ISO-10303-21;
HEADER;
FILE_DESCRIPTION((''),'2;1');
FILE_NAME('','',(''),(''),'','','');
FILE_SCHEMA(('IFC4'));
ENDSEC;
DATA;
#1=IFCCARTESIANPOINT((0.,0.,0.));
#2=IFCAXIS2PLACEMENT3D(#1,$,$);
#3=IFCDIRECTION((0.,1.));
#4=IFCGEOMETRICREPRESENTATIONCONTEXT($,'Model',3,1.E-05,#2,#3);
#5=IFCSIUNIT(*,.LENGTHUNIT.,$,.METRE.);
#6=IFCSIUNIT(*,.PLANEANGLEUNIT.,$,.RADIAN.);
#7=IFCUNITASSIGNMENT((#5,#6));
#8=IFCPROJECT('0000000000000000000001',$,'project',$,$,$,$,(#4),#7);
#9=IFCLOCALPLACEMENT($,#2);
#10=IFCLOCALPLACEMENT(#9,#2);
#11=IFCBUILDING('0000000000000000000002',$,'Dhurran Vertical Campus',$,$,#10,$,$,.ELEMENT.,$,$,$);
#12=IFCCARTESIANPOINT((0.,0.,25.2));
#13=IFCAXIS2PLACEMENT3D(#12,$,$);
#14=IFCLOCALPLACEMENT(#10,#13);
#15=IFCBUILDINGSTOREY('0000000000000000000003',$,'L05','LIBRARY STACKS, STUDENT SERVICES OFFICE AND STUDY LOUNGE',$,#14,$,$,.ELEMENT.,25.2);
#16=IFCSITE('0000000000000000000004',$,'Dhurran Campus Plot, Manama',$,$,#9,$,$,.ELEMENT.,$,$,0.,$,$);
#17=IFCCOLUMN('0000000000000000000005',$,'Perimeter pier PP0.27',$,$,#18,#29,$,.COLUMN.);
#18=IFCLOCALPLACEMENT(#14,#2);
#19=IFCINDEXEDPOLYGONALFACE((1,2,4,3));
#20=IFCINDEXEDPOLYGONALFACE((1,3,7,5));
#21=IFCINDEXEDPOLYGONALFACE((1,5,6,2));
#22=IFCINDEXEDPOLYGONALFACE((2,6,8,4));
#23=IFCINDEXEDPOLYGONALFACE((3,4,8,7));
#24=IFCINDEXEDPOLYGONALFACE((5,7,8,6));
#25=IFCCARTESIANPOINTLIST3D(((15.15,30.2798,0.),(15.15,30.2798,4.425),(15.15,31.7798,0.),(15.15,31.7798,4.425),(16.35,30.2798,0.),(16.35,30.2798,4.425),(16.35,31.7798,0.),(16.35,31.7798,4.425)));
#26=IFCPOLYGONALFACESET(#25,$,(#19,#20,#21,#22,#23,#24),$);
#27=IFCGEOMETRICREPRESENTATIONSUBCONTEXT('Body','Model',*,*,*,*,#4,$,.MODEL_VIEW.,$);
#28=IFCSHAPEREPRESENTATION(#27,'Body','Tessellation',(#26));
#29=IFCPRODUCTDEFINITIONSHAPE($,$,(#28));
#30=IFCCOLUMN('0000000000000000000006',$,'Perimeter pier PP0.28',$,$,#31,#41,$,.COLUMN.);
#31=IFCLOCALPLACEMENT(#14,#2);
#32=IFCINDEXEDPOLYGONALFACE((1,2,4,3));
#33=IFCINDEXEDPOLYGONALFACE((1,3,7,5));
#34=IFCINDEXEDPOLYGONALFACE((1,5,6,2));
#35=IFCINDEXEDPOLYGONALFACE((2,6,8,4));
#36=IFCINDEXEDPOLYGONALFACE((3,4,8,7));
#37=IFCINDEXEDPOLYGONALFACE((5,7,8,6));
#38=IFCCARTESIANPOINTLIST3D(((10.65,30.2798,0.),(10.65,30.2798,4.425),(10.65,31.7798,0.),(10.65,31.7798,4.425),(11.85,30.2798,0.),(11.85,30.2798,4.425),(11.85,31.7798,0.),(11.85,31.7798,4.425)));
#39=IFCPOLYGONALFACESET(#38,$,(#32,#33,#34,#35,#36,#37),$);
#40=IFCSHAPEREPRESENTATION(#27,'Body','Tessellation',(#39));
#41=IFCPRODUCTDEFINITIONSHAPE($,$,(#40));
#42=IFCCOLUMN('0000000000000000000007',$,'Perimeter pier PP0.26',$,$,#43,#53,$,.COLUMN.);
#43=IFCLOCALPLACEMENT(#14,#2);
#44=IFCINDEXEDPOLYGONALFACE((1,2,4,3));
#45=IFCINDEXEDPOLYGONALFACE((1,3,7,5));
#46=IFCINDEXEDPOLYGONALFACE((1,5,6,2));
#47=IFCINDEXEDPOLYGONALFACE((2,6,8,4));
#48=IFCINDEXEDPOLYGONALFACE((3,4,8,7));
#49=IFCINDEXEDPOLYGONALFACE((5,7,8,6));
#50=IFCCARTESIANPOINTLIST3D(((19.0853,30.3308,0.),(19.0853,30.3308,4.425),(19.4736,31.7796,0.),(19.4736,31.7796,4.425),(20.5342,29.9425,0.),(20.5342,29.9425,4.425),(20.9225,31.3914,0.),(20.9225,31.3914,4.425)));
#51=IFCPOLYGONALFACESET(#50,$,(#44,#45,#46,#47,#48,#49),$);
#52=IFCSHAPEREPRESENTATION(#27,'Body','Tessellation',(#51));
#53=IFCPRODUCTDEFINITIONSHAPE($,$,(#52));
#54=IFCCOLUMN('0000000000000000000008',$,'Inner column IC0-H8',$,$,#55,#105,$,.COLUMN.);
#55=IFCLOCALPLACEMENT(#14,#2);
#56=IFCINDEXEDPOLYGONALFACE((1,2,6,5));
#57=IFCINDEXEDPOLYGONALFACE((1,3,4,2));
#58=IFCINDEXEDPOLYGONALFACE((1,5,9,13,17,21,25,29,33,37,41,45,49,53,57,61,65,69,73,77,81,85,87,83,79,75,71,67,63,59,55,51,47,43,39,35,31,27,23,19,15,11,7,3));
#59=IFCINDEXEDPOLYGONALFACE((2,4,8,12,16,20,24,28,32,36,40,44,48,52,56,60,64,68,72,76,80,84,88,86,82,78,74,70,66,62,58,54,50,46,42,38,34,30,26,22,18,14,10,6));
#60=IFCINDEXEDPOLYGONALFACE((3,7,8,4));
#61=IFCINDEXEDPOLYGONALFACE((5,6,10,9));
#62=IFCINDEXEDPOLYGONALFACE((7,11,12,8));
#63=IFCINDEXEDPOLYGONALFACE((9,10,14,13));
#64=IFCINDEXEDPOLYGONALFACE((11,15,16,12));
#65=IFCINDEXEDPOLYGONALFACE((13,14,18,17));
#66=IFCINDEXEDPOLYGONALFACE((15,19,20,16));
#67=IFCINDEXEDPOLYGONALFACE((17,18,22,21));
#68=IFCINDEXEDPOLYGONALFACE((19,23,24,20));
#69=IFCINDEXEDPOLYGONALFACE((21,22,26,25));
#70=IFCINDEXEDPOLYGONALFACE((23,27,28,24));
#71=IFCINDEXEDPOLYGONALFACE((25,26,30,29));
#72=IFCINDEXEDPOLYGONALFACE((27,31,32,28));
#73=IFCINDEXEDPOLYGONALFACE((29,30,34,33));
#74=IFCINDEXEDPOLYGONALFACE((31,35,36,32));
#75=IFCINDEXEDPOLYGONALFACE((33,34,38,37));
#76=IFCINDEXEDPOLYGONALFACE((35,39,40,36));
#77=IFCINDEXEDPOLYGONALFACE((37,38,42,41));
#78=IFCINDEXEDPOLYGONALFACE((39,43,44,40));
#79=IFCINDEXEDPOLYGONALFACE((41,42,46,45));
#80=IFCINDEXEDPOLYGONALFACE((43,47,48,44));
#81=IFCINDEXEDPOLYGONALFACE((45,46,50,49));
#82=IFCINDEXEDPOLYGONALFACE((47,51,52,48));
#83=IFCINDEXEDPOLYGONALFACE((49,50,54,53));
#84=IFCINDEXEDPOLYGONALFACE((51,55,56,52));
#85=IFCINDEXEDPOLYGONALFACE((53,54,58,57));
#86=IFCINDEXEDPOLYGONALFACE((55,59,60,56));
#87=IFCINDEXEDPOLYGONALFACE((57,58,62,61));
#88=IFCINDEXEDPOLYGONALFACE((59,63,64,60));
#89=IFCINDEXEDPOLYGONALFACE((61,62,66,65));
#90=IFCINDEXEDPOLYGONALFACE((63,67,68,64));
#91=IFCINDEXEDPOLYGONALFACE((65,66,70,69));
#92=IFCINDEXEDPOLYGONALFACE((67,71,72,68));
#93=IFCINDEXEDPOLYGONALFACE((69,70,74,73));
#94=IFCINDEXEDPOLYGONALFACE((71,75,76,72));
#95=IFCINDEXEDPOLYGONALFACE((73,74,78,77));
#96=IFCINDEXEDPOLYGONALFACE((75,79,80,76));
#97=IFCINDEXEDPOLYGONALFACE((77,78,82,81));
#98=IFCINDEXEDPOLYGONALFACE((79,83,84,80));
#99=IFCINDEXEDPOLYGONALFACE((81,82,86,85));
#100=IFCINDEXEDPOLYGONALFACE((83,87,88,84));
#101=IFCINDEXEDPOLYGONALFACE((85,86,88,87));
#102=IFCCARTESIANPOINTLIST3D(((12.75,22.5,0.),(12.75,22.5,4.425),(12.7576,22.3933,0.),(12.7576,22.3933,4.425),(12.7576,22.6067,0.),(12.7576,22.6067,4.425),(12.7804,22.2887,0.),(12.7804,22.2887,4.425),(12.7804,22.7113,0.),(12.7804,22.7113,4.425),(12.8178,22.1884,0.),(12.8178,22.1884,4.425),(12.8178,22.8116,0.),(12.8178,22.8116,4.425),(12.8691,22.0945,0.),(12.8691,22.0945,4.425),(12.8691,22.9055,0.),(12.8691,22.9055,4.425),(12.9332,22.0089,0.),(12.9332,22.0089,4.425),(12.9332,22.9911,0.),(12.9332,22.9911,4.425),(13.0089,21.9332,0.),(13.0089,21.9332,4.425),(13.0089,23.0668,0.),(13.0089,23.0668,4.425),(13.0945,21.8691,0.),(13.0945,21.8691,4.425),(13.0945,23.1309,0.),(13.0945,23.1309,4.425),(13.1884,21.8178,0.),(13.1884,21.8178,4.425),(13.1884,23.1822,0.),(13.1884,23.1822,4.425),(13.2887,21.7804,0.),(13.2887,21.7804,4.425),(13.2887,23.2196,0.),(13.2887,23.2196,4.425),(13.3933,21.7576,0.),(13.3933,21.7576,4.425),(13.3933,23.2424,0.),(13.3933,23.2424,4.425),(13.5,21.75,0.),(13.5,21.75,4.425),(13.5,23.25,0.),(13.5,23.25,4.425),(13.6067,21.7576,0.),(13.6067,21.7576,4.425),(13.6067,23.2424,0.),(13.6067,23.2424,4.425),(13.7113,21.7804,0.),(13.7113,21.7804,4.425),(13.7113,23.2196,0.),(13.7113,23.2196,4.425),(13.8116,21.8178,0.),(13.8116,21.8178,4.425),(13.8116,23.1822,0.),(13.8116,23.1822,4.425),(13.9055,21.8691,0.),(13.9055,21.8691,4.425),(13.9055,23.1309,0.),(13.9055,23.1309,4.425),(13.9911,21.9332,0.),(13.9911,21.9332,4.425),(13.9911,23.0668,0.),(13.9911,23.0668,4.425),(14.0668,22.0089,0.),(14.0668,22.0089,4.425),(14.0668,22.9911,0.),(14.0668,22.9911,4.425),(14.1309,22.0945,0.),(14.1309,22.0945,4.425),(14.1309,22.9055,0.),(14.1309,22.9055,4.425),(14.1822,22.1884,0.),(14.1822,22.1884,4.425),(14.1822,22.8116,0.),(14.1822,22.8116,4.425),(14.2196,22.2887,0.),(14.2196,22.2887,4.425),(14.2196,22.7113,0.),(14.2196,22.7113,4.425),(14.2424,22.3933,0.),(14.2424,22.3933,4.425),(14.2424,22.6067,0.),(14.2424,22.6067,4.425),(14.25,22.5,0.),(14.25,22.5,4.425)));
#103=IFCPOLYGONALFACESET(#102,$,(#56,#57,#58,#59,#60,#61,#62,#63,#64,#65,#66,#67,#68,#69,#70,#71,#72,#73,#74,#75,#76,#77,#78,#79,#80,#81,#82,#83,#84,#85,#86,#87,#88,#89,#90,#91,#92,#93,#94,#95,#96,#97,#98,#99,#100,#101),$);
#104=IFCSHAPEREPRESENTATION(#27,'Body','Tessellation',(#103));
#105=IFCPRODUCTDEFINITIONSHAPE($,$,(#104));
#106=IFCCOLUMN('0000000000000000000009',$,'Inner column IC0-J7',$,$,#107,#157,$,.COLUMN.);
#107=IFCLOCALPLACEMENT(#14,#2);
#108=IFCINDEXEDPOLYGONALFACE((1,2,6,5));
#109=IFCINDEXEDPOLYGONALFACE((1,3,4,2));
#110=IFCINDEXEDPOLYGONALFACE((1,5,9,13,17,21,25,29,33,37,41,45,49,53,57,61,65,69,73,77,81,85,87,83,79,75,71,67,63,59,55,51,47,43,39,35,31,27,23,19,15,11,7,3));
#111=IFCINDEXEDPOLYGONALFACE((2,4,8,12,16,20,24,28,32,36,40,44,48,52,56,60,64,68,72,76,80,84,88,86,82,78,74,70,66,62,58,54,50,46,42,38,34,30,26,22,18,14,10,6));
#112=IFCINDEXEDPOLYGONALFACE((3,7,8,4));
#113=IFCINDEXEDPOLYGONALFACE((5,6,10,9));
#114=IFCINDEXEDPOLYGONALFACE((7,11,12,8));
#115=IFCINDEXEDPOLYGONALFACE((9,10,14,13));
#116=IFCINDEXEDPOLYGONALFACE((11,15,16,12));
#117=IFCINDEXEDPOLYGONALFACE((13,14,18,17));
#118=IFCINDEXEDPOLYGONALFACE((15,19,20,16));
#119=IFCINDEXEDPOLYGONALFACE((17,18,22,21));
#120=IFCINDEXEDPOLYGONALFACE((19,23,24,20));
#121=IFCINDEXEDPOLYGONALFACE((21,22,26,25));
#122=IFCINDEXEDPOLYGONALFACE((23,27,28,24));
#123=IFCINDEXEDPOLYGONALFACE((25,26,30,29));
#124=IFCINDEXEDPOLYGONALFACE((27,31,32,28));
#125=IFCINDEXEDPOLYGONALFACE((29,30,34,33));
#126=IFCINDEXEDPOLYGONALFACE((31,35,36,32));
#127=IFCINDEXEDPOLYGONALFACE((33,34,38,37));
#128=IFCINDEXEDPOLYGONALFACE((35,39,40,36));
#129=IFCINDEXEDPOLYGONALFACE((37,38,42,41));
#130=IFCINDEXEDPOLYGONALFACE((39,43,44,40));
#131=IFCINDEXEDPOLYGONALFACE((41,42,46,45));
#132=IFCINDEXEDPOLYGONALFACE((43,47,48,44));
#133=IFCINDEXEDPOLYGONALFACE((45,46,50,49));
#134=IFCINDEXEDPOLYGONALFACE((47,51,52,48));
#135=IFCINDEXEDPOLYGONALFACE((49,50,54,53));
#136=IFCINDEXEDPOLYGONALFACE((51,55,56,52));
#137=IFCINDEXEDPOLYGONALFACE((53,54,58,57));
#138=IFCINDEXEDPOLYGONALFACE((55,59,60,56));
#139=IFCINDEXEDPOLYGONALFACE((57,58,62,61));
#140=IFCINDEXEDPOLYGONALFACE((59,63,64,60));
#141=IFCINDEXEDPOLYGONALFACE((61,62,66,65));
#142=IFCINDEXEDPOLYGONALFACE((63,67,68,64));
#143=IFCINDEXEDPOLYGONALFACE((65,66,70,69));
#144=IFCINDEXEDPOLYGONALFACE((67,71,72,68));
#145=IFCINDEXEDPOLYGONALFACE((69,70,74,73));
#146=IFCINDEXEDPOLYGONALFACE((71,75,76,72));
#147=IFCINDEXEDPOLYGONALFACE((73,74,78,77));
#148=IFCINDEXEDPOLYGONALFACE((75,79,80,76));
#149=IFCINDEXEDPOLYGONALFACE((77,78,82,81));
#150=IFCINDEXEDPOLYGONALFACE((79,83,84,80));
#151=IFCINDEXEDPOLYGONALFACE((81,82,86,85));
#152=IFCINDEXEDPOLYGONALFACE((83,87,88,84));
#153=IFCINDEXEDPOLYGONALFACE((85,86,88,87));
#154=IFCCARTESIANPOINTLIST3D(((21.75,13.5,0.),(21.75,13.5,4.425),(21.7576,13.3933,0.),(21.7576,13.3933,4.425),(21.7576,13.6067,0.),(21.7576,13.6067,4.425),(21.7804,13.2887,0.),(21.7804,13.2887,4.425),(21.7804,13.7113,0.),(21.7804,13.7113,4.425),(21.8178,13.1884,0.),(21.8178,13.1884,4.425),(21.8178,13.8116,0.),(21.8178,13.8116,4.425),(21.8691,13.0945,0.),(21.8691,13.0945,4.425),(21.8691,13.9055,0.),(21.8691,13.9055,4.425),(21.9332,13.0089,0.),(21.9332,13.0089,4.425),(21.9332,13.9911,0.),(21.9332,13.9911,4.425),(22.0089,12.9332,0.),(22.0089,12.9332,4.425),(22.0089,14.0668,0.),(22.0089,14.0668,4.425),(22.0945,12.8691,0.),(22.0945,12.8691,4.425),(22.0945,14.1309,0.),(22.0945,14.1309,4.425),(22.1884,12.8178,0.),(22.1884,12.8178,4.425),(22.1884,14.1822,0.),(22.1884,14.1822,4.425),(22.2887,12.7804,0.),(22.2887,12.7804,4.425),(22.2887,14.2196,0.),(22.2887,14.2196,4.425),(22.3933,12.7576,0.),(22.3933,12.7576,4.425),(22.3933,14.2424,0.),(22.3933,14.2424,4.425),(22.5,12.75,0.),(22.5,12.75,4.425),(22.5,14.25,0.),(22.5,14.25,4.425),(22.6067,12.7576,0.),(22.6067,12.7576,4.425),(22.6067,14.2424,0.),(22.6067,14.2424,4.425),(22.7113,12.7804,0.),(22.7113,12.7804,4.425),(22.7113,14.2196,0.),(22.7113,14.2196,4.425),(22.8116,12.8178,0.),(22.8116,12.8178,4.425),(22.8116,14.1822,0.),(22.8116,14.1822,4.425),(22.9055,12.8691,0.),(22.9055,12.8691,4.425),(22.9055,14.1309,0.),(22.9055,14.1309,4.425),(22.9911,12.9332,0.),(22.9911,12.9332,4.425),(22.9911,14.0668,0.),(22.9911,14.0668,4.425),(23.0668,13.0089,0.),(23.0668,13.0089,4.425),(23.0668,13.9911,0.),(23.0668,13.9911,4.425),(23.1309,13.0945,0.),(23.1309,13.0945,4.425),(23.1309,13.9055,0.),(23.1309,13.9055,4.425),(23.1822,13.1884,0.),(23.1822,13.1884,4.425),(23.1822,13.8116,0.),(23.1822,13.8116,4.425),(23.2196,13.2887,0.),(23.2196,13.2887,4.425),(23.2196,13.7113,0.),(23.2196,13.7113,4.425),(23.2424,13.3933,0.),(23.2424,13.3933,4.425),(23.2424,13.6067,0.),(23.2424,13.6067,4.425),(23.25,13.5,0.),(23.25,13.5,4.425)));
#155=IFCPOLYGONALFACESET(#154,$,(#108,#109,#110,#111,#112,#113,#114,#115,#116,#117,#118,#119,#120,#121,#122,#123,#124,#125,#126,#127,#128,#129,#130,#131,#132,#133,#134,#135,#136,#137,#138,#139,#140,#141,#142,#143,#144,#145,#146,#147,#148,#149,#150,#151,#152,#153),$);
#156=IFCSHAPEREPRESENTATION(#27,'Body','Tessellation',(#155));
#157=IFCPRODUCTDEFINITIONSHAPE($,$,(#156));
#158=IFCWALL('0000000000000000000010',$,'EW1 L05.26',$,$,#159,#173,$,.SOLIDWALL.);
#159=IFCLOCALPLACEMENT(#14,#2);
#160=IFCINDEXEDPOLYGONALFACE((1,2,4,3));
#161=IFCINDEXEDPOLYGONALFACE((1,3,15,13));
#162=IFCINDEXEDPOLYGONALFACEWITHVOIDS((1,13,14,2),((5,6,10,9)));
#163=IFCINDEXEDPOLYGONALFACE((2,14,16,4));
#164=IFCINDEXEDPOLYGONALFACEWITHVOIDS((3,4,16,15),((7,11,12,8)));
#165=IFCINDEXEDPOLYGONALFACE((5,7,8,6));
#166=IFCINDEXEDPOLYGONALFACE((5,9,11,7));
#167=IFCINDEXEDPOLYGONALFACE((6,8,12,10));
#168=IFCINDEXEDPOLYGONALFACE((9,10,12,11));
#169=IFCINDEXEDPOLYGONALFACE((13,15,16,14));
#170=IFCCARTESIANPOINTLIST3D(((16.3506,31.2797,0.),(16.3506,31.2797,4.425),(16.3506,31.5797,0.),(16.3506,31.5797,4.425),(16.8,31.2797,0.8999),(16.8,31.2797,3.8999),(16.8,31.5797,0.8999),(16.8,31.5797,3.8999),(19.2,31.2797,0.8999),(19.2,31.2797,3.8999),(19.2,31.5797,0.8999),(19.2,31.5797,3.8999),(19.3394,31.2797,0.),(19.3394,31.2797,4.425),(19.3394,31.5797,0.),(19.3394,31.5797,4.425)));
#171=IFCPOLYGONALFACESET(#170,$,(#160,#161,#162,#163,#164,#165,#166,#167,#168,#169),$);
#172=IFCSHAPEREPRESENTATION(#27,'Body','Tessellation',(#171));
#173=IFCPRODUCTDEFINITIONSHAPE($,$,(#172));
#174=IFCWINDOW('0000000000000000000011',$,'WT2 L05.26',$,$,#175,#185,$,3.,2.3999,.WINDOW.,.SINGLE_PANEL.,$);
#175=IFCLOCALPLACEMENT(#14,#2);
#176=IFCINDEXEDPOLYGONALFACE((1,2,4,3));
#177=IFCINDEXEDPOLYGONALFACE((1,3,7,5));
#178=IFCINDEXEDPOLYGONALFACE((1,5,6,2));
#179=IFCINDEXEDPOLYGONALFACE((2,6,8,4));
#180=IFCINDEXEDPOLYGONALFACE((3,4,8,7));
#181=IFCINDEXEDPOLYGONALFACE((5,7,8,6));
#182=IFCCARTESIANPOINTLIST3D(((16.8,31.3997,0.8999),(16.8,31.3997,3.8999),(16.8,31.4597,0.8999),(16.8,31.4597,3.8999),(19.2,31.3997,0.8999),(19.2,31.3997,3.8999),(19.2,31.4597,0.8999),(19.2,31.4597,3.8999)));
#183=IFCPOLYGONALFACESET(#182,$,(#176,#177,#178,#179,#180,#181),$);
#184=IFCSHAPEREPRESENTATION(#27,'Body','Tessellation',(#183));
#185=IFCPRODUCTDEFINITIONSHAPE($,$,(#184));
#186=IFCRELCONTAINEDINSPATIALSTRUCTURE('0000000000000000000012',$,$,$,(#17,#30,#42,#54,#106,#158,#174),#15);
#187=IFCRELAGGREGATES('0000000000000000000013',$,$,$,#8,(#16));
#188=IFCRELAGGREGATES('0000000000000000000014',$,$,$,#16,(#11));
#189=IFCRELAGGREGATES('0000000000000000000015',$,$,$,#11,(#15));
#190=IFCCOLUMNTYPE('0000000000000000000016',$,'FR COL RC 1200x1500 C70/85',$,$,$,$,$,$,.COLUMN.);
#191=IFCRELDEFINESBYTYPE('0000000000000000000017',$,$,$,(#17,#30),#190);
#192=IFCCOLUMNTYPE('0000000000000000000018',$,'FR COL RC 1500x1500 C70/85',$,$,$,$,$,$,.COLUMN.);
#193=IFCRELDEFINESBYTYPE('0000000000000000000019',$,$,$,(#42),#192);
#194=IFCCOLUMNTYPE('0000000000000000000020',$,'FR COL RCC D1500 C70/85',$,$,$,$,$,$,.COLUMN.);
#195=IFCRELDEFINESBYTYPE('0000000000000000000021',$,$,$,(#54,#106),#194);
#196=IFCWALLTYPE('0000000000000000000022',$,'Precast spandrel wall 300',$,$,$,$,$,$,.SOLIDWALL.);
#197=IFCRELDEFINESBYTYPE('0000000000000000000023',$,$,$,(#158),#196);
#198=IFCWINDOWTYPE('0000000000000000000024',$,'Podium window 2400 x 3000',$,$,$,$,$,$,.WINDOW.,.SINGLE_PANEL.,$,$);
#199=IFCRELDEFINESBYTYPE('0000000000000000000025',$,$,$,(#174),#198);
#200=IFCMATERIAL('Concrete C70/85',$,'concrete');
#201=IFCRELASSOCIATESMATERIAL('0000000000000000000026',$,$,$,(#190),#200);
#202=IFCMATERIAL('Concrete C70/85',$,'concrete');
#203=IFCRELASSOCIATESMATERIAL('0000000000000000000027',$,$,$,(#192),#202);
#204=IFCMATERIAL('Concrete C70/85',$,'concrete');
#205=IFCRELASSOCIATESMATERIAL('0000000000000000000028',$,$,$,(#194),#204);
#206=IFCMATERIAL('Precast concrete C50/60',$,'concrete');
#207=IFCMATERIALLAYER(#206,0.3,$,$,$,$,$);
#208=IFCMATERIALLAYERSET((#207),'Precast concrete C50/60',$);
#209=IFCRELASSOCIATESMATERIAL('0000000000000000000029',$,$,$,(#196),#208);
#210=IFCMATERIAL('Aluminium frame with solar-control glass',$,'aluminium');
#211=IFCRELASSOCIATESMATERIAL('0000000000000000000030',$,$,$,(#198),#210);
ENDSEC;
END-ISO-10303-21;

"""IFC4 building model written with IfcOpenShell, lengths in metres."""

from ifc_helpers import new_model, si_unit, direction, frame, frame_2d, origin, origin_2d, place, context, subcontext, project, spatial, rectangle, circle, extrude, material, layer, layer_set, material_profile, profile_set, type_object, element, fill, save


model = new_model("IFC4")

# Units and contexts
model_context = context("Model", 3, precision=1e-05, world=origin(), true_north=direction((0.0, 1.0)))
body_context = subcontext(model_context, "Body", "Model", "MODEL_VIEW")
ifc_project = project(units=[si_unit("LENGTHUNIT", "METRE"), si_unit("PLANEANGLEUNIT", "RADIAN")], contexts=[model_context])

# Site, building, storey
site_placement = place(None, origin())
site = spatial("IfcSite", under=ifc_project, at=site_placement, Name="Dhurran Campus Plot, Manama", CompositionType="ELEMENT", RefElevation=0.0)
building_placement = place(site_placement, origin())
building = spatial("IfcBuilding", under=site, at=building_placement, Name="Dhurran Vertical Campus", CompositionType="ELEMENT")
storey_placement = place(building_placement, frame((0.0, 0.0, 25.2)))
storey = spatial("IfcBuildingStorey", under=building, at=storey_placement, Name="L05", Description="LIBRARY STACKS, STUDENT SERVICES OFFICE AND STUDY LOUNGE", CompositionType="ELEMENT", Elevation=25.2)

# Columns
ifc_material_1 = material(Name="Concrete C70/85", Category="concrete")
ifc_material_profile_1 = material_profile(ifc_material_1, rectangle(XDim=1.2, YDim=1.5, at=origin_2d()), Name="RC 1200x1500")
ifc_profile_set_1 = profile_set([ifc_material_profile_1], Name="Concrete C70/85")
column_type_1 = type_object("IfcColumnType", Name="FR COL RC 1200x1500 C70/85", PredefinedType="COLUMN", material=ifc_profile_set_1)
for number, where, z_axis, x_axis, name in (
    (1, (15.75, 31.0298, 0.0), (0.0, 0.0, 1.0), (-1.0, 0.0, 0.0), "Perimeter pier PP0.27"),
    (2, (11.25, 31.0298, 0.0), (0.0, 0.0, 1.0), (-1.0, 0.0, 0.0), "Perimeter pier PP0.28"),
):
    element("IfcColumn", number, at=place(storey_placement, frame(where, z_axis=z_axis, x_axis=x_axis)), inside=storey, type_object=column_type_1, Name=name, PredefinedType="COLUMN", context=body_context, shape_type="SweptSolid", body=[
        extrude(rectangle(XDim=1.2, YDim=1.5, at=origin_2d()), origin(), (0.0, 0.0, 1.0), 4.425),
    ])
ifc_material_2 = material(Name="Concrete C70/85", Category="concrete")
ifc_material_profile_2 = material_profile(ifc_material_2, rectangle(XDim=1.5, YDim=1.5, at=origin_2d()), Name="RC 1500x1500")
ifc_profile_set_2 = profile_set([ifc_material_profile_2], Name="Concrete C70/85")
column_type_2 = type_object("IfcColumnType", Name="FR COL RC 1500x1500 C70/85", PredefinedType="COLUMN", material=ifc_profile_set_2)
column_placement = place(storey_placement, frame((20.0039, 30.8611, 0.0), z_axis=(0.0, 0.0, 1.0), x_axis=(-0.965926, 0.258819, 0.0)))
element("IfcColumn", 3, at=column_placement, inside=storey, type_object=column_type_2, Name="Perimeter pier PP0.26", PredefinedType="COLUMN", context=body_context, shape_type="SweptSolid", body=[
    extrude(rectangle(XDim=1.5, YDim=1.5, at=origin_2d()), origin(), (0.0, 0.0, 1.0), 4.425),
])
ifc_material_3 = material(Name="Concrete C70/85", Category="concrete")
ifc_material_profile_3 = material_profile(ifc_material_3, circle(Radius=0.75, at=origin_2d()), Name="RCC D1500")
ifc_profile_set_3 = profile_set([ifc_material_profile_3], Name="Concrete C70/85")
column_type_3 = type_object("IfcColumnType", Name="FR COL RCC D1500 C70/85", PredefinedType="COLUMN", material=ifc_profile_set_3)
for number, where, z_axis, x_axis, name in (
    (4, (13.5, 22.5, 0.0), (0.0, 0.0, 1.0), (1.0, 0.0, 0.0), "Inner column IC0-H8"),
    (5, (22.5, 13.5, 0.0), (0.0, 0.0, 1.0), (1.0, 0.0, 0.0), "Inner column IC0-J7"),
):
    element("IfcColumn", number, at=place(storey_placement, frame(where, z_axis=z_axis, x_axis=x_axis)), inside=storey, type_object=column_type_3, Name=name, PredefinedType="COLUMN", context=body_context, shape_type="SweptSolid", body=[
        extrude(circle(Radius=0.75, at=origin_2d()), origin(), (0.0, 0.0, 1.0), 4.425),
    ])

# Wall, opening, window
ifc_material_4 = material(Name="Precast concrete C50/60", Category="concrete")
ifc_layer_1 = layer(ifc_material_4, 0.3)
ifc_layer_set_1 = layer_set([ifc_layer_1], Name="Precast concrete C50/60")
wall_type_1 = type_object("IfcWallType", Name="Precast spandrel wall 300", PredefinedType="SOLIDWALL", material=ifc_layer_set_1)
wall_1_placement = place(storey_placement, frame((19.3394, 31.4297, 0.0), z_axis=(0.0, 0.0, 1.0), x_axis=(-1.0, 0.0, 0.0)))
wall_1 = element("IfcWall", 6, at=wall_1_placement, inside=storey, type_object=wall_type_1, Name="EW1 L05.26", PredefinedType="SOLIDWALL", context=body_context, shape_type="SweptSolid", body=[
    extrude(rectangle(XDim=2.9888, YDim=0.3, at=frame_2d((1.4944, 0.0))), origin(), (0.0, 0.0, 1.0), 4.425),
])
opening_1_placement = place(wall_1_placement, frame((0.1394, 0.0, 0.8999)))
opening_1 = element("IfcOpeningElement", 7, at=opening_1_placement, cuts=wall_1, PredefinedType="OPENING", context=body_context, shape_type="SweptSolid", body=[
    extrude(rectangle(XDim=2.3999, YDim=3.0, at=frame_2d((1.2, 1.5))), frame((0.0, 0.1599, 0.0), z_axis=(0.0, -1.0, 0.0), x_axis=(1.0, 0.0, 0.0)), (0.0, 0.0, 1.0), 0.3201),
])
ifc_material_5 = material(Name="Aluminium frame with solar-control glass", Category="aluminium")
window_type = type_object("IfcWindowType", Name="Podium window 2400 x 3000", PartitioningType="SINGLE_PANEL", PredefinedType="WINDOW", material=ifc_material_5)
window_1_placement = place(opening_1_placement, origin())
window_1 = element("IfcWindow", 8, at=window_1_placement, inside=storey, type_object=window_type, Name="WT2 L05.26", OverallHeight=3.0, OverallWidth=2.3999, PartitioningType="SINGLE_PANEL", PredefinedType="WINDOW", context=body_context, shape_type="SweptSolid", body=[
    extrude(rectangle(XDim=2.3999, YDim=3.0, at=frame_2d((1.2, 1.5))), frame((0.0, 0.03, 0.0), z_axis=(0.0, -1.0, 0.0), x_axis=(1.0, 0.0, 0.0)), (0.0, 0.0, 1.0), 0.0601),
])
fill(opening_1, window_1)

save(model, "model.ifc")
